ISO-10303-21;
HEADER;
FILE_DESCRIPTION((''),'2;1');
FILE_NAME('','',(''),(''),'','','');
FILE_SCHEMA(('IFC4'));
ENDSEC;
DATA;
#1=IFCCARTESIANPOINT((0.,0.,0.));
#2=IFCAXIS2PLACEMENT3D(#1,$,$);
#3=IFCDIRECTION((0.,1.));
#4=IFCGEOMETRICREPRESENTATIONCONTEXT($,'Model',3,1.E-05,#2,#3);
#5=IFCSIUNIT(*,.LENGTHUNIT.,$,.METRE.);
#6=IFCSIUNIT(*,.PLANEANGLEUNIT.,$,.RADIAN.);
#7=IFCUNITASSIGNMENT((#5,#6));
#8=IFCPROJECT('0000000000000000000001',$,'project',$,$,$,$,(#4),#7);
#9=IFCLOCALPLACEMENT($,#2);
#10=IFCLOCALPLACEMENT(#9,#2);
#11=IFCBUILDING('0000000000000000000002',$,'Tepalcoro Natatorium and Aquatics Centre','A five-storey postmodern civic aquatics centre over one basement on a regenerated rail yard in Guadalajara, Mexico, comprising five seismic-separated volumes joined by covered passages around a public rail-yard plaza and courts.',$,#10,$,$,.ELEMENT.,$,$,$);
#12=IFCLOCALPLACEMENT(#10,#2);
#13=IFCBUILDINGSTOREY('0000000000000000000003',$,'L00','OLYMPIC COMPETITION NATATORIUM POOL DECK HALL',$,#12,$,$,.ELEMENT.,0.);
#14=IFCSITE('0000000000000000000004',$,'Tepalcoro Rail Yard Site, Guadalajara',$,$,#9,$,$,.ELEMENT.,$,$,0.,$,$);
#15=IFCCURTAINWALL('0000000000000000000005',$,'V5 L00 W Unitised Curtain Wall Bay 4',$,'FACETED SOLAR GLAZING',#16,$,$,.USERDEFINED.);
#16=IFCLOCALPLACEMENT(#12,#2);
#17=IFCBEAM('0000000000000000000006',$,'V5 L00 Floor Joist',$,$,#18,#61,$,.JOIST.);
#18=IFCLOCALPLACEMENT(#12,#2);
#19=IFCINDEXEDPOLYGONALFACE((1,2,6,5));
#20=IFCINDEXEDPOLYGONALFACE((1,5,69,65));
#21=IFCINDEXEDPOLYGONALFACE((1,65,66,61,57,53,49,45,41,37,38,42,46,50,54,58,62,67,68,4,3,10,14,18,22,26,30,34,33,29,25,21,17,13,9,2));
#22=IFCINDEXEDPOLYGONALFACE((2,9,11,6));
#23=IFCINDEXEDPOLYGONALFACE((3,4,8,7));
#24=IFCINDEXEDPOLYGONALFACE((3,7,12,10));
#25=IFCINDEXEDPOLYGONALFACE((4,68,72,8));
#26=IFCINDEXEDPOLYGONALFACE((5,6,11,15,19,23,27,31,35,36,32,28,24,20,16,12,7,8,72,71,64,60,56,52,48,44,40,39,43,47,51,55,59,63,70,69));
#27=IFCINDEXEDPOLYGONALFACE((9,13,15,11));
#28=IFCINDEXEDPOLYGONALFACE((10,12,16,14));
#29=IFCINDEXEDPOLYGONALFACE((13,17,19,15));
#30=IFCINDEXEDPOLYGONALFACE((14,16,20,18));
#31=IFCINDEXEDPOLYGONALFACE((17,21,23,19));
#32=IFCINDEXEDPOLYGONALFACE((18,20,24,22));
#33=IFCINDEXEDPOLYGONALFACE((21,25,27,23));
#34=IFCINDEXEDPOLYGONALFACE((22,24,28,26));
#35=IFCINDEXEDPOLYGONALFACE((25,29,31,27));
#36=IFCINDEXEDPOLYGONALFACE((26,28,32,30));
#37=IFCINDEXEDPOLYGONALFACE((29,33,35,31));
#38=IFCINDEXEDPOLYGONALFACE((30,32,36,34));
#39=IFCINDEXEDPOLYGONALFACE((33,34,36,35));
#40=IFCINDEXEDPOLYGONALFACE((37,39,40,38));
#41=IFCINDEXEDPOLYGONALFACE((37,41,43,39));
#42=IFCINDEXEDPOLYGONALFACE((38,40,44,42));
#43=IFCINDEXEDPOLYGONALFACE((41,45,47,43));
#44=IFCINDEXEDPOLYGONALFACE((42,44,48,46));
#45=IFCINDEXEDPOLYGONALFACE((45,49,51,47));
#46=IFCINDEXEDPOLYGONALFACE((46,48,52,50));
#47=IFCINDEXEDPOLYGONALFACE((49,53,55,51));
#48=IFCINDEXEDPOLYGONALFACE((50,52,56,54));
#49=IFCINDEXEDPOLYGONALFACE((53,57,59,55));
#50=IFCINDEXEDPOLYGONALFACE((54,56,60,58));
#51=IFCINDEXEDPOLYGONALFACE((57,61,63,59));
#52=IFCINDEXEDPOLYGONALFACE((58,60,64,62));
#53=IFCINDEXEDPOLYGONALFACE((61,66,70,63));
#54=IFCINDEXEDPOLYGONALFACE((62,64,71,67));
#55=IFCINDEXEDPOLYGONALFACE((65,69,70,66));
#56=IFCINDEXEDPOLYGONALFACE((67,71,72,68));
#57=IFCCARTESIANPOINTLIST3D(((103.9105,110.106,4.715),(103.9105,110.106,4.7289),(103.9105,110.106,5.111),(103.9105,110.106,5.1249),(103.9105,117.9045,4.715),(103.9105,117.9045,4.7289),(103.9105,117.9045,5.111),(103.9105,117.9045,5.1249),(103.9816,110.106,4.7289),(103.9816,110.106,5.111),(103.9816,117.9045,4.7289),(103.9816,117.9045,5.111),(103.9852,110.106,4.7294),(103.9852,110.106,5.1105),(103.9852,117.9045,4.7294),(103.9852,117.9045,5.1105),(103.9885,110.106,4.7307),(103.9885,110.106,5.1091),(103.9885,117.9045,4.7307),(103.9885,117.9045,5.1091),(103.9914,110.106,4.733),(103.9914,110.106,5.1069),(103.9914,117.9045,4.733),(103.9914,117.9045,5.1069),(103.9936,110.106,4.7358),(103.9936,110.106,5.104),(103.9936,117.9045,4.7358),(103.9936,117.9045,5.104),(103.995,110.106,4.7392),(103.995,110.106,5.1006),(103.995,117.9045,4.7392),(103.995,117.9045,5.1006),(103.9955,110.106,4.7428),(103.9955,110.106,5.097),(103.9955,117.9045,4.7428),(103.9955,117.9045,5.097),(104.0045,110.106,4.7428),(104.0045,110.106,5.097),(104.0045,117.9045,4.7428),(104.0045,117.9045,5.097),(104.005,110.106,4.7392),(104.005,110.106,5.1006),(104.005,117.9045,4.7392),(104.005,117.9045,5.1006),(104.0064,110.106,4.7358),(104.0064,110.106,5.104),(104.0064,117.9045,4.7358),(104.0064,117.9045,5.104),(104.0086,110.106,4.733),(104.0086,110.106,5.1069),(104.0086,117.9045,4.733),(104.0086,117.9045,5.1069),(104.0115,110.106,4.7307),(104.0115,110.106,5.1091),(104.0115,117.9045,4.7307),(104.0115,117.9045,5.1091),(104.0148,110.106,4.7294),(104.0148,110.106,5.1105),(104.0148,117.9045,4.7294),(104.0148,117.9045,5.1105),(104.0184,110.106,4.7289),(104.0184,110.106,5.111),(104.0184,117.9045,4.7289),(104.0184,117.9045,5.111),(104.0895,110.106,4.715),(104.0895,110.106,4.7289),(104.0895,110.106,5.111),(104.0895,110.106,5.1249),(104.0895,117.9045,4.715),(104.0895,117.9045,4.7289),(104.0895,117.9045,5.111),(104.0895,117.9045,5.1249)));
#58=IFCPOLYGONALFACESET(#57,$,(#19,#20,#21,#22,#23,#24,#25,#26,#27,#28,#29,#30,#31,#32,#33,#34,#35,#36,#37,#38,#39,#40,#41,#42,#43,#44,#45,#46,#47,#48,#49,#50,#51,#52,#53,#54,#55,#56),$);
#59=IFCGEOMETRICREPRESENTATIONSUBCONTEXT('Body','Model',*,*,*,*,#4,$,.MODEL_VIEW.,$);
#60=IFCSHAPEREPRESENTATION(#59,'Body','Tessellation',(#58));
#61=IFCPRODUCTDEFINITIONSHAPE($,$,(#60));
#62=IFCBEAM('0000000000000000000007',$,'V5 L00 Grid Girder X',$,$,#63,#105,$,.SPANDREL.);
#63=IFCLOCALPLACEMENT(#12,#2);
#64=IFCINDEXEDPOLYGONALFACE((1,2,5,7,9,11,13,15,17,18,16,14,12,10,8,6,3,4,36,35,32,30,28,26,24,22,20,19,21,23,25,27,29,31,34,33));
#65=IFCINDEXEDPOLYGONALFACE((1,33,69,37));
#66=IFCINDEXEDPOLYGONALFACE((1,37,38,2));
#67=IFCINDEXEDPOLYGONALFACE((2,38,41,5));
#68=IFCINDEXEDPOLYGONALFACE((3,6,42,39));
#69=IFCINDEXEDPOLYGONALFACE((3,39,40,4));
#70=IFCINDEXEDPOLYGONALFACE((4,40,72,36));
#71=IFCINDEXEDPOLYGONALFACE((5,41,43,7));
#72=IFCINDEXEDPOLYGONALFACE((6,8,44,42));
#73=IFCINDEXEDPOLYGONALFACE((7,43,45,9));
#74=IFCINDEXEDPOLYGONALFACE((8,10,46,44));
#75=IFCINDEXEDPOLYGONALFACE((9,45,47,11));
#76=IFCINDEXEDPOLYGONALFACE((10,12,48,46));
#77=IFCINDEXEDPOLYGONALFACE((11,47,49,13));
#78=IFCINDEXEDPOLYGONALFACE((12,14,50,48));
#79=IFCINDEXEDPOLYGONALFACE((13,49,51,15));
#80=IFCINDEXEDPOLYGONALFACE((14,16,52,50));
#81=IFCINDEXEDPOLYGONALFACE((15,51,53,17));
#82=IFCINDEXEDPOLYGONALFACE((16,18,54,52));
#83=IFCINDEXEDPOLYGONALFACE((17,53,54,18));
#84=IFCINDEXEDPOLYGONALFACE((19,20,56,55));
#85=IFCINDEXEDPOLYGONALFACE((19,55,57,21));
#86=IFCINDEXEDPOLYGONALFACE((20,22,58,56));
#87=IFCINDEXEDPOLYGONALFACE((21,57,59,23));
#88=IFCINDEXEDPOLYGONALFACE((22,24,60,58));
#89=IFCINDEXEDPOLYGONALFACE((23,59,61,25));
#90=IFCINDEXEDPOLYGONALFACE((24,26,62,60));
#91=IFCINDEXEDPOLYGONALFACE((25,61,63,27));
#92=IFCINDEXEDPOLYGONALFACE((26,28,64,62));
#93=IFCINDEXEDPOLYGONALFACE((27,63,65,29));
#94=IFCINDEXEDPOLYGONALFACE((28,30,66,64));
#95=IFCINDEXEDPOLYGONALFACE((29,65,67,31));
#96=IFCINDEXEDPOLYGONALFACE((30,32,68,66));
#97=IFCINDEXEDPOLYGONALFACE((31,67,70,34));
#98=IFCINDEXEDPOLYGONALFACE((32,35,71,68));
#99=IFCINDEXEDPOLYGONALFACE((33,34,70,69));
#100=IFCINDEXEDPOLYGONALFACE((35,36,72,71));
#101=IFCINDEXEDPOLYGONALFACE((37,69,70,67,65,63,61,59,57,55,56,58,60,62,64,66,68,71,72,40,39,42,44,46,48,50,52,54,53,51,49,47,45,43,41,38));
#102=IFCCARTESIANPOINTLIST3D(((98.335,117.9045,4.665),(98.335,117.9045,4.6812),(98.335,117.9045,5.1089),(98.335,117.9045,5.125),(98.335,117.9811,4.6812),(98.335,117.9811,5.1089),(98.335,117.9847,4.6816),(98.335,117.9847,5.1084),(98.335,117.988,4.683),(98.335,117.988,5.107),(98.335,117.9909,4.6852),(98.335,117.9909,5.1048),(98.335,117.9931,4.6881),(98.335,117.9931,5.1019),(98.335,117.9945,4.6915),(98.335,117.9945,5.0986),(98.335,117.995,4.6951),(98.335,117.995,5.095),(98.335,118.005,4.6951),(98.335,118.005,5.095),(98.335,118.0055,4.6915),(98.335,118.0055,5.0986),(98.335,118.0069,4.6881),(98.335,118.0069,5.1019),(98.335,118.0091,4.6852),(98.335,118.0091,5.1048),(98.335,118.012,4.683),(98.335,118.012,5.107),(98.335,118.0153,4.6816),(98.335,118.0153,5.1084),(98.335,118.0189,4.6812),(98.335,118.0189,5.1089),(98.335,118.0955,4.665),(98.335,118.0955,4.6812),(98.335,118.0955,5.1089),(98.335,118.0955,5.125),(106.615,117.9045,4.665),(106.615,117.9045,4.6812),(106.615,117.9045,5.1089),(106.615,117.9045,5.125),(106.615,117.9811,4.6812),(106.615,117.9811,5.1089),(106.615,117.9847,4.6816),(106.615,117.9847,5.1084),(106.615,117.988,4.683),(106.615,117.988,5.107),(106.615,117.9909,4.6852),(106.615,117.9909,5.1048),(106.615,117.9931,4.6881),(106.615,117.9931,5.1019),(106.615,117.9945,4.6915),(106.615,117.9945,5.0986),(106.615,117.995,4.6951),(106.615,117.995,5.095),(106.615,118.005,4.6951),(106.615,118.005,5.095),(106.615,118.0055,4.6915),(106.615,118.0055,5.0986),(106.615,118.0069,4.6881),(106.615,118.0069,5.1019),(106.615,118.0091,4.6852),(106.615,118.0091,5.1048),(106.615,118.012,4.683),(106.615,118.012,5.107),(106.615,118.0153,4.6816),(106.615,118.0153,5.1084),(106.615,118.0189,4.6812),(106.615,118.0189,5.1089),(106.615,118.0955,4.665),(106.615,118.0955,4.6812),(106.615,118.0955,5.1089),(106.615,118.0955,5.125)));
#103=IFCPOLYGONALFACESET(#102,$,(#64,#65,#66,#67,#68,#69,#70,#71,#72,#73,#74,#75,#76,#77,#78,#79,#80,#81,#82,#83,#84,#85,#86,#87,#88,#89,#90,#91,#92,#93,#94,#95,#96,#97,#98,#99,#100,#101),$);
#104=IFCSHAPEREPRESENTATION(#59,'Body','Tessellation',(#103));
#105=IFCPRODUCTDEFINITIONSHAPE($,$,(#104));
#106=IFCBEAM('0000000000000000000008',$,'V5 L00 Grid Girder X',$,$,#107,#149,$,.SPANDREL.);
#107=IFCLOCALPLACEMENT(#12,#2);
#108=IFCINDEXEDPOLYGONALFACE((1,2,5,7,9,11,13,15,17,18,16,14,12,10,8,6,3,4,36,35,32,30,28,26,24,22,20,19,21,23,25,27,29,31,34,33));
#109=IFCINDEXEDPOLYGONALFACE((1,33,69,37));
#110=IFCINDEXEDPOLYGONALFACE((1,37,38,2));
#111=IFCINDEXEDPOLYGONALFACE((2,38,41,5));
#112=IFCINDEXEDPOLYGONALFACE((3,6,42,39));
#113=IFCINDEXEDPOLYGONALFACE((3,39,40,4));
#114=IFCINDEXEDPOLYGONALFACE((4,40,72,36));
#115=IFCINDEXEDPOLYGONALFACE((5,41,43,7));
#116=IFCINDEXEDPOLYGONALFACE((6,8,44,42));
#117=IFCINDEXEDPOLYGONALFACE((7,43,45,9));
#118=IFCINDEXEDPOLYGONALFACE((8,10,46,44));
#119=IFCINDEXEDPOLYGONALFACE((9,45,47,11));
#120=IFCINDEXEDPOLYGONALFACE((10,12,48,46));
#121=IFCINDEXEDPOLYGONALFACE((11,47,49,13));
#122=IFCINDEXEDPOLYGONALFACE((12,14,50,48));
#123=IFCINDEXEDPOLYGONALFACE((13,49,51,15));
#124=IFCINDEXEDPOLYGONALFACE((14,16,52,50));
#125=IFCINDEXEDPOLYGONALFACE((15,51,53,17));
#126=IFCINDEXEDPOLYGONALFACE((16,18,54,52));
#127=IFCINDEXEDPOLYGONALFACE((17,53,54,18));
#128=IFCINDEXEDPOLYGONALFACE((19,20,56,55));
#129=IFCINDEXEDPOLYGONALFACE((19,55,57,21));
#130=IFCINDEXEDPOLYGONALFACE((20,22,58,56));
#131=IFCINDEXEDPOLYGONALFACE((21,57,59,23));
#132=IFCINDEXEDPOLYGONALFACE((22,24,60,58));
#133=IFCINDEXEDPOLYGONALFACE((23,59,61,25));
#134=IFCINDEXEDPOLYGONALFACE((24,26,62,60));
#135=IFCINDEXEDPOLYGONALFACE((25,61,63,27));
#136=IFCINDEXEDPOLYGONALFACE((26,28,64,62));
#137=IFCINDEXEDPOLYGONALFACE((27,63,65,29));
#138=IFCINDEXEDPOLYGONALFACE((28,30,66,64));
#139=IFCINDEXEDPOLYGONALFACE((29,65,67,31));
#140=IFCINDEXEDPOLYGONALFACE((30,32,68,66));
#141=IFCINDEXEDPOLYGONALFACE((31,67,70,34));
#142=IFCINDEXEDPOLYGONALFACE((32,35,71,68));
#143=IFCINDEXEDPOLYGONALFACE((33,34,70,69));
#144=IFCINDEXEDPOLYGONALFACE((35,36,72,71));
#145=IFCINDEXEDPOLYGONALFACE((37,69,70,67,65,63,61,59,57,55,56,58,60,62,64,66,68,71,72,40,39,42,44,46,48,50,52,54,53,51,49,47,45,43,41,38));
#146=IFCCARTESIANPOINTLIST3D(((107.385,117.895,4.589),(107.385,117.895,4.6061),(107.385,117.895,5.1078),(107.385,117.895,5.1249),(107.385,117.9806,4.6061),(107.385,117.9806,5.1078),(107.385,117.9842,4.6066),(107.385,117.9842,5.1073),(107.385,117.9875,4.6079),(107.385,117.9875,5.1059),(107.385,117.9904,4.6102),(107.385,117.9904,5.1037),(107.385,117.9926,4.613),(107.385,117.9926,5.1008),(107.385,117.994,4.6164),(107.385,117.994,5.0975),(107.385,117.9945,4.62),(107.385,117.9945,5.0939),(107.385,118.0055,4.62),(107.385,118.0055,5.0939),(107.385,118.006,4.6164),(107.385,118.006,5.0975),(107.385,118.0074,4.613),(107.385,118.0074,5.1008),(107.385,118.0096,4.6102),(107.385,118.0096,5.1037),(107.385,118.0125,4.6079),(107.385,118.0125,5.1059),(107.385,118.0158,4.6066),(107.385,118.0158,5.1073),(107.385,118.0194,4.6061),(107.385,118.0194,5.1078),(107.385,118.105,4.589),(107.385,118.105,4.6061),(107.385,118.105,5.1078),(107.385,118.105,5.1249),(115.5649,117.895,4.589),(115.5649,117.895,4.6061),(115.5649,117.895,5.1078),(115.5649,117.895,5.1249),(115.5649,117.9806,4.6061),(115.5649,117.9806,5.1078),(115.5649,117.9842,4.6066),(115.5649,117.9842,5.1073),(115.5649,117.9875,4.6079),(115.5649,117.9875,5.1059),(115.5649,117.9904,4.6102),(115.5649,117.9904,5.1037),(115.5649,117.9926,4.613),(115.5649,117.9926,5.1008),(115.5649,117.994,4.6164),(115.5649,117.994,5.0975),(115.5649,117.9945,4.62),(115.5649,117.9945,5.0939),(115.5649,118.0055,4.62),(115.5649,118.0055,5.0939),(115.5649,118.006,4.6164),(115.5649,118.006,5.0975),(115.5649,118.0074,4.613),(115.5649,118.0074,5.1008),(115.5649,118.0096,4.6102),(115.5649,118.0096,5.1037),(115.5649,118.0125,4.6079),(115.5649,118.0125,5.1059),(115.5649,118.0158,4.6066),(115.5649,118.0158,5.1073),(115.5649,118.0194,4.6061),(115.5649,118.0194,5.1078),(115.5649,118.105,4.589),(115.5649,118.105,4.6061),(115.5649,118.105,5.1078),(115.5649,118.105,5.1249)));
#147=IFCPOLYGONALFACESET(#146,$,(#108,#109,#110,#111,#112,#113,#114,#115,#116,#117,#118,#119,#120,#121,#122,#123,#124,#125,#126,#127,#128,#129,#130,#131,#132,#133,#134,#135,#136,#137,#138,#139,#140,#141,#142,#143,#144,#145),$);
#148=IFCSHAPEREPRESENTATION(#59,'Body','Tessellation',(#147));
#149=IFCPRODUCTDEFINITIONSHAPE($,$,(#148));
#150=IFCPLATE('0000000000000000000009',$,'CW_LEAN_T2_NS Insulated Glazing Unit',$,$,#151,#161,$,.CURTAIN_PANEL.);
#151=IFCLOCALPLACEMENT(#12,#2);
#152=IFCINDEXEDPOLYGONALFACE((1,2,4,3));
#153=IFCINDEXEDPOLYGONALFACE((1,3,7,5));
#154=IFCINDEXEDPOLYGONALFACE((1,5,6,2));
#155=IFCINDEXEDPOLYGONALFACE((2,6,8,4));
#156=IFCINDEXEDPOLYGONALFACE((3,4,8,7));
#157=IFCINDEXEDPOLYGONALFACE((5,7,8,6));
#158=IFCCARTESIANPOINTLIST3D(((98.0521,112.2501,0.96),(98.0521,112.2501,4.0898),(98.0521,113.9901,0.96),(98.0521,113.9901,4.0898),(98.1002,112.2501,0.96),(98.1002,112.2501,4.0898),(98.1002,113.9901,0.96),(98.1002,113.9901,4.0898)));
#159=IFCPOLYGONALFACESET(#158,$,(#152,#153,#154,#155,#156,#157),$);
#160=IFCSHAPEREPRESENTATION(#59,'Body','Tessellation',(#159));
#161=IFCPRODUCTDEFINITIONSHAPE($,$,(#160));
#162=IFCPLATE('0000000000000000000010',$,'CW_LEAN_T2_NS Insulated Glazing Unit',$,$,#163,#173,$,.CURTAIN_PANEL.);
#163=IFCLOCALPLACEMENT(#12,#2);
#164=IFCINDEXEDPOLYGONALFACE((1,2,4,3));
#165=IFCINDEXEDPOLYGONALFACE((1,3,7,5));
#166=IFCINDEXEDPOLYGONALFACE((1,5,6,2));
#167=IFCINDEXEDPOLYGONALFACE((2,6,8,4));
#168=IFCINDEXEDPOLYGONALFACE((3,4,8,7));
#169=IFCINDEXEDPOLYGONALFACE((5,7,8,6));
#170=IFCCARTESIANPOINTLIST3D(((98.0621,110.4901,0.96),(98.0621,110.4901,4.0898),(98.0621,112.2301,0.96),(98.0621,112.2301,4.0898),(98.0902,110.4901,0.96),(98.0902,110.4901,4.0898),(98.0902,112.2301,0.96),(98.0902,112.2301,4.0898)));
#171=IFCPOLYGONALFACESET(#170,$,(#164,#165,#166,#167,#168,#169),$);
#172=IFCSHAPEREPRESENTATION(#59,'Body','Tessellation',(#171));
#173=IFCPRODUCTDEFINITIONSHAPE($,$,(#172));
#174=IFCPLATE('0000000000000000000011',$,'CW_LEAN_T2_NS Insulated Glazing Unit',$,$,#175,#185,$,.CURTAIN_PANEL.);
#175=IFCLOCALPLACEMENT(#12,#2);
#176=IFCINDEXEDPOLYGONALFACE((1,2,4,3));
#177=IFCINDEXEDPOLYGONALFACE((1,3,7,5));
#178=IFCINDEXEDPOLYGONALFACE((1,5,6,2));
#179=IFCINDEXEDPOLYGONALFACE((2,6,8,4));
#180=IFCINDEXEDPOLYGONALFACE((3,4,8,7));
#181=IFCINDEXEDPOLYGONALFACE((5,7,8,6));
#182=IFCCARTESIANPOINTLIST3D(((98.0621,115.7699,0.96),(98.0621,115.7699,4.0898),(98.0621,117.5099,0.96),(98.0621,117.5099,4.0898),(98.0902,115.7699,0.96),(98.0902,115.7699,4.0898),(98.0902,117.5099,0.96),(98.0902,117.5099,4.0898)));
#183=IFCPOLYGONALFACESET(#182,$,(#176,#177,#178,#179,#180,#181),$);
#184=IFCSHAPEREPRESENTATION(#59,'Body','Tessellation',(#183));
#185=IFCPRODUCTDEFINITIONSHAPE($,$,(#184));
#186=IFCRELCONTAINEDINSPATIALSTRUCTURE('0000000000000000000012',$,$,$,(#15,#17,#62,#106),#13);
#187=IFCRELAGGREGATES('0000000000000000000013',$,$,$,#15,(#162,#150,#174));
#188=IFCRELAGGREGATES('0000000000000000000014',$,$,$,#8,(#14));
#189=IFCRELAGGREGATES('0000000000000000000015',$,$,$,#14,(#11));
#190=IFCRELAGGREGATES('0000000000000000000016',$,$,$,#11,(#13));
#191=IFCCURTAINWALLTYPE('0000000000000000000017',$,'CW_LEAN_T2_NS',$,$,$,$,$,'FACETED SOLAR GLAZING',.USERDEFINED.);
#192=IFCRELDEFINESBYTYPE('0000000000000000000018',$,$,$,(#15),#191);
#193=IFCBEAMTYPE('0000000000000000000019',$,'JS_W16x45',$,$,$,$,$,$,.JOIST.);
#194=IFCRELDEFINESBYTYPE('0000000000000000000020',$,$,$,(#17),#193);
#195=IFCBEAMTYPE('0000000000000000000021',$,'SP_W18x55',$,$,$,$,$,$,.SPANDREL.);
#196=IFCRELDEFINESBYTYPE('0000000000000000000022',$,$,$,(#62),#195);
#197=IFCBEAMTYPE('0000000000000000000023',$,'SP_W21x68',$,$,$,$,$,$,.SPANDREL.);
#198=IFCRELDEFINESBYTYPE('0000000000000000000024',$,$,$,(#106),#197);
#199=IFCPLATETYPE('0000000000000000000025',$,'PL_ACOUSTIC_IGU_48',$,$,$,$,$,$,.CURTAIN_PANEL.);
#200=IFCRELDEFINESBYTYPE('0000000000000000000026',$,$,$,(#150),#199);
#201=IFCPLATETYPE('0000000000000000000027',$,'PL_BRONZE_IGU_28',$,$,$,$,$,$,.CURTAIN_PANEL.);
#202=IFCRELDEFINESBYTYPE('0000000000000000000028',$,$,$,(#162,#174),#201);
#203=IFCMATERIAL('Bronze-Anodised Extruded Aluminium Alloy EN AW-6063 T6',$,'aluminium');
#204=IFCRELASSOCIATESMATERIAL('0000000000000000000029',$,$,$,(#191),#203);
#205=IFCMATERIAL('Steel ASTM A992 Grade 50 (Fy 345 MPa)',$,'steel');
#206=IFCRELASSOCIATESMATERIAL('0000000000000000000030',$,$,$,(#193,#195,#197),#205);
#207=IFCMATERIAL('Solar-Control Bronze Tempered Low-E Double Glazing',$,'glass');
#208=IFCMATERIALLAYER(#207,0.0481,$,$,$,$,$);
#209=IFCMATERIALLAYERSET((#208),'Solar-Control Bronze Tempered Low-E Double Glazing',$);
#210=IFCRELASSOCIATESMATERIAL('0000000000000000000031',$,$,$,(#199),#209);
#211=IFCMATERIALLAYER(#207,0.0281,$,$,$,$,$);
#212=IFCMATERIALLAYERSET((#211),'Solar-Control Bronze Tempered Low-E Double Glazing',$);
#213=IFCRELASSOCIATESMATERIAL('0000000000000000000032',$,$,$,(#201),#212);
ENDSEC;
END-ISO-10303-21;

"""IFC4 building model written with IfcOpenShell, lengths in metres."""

from ifc_helpers import new_model, si_unit, direction, frame, origin, origin_2d, place, context, subcontext, project, spatial, rectangle, i_section, extrude, material, layer, layer_set, material_profile, profile_set, type_object, element, aggregate, save


model = new_model("IFC4")

# Units and contexts
model_context = context("Model", 3, precision=1e-05, world=origin(), true_north=direction((0.0, 1.0)))
body_context = subcontext(model_context, "Body", "Model", "MODEL_VIEW")
ifc_project = project(units=[si_unit("LENGTHUNIT", "METRE"), si_unit("PLANEANGLEUNIT", "RADIAN")], contexts=[model_context])

# Site, building, storey
site_placement = place(None, origin())
site = spatial("IfcSite", under=ifc_project, at=site_placement, Name="Tepalcoro Rail Yard Site, Guadalajara", CompositionType="ELEMENT", RefElevation=0.0)
building_placement = place(site_placement, origin())
building = spatial("IfcBuilding", under=site, at=building_placement, Name="Tepalcoro Natatorium and Aquatics Centre", Description="A five-storey postmodern civic aquatics centre over one basement on a regenerated rail yard in Guadalajara, Mexico, comprising five seismic-separated volumes joined by covered passages around a public rail-yard plaza and courts.", CompositionType="ELEMENT")
storey_placement = place(building_placement, origin())
storey = spatial("IfcBuildingStorey", under=building, at=storey_placement, Name="L00", Description="OLYMPIC COMPETITION NATATORIUM POOL DECK HALL", CompositionType="ELEMENT", Elevation=0.0)

# Shared definitions
ifc_material_1 = material(Name="Steel ASTM A992 Grade 50 (Fy 345 MPa)", Category="steel")

# Shared definitions
ifc_material_2 = material(Name="Bronze-Anodised Extruded Aluminium Alloy EN AW-6063 T6", Category="aluminium")

# Curtain wall
curtain_wall_type_1 = type_object("IfcCurtainWallType", Name="CW_LEAN_T2_NS", ElementType="FACETED SOLAR GLAZING", PredefinedType="USERDEFINED", material=ifc_material_2)
curtain_wall_1_placement = place(storey_placement, origin())
curtain_wall_1 = element("IfcCurtainWall", 1, at=curtain_wall_1_placement, inside=storey, type_object=curtain_wall_type_1, Name="V5 L00 W Unitised Curtain Wall Bay 4", ObjectType="FACETED SOLAR GLAZING", PredefinedType="USERDEFINED")

# Beams
ifc_material_profile_1 = material_profile(ifc_material_1, i_section(OverallWidth=0.179, OverallDepth=0.4099, WebThickness=0.009, FlangeThickness=0.0139, FilletRadius=0.0139, at=origin_2d()), Name="W16X45")
ifc_profile_set_1 = profile_set([ifc_material_profile_1], Name="Steel ASTM A992 Grade 50 (Fy 345 MPa)")
beam_type_1 = type_object("IfcBeamType", Name="JS_W16x45", PredefinedType="JOIST", material=ifc_profile_set_1)
beam_1_placement = place(storey_placement, frame((104.0, 110.106, 4.9199), z_axis=(0.0, 1.0, 0.0), x_axis=(-1.0, 0.0, 0.0)))
element("IfcBeam", 2, at=beam_1_placement, inside=storey, type_object=beam_type_1, Name="V5 L00 Floor Joist", PredefinedType="JOIST", context=body_context, shape_type="SweptSolid", body=[
    extrude(i_section(OverallWidth=0.179, OverallDepth=0.4099, WebThickness=0.009, FlangeThickness=0.0139, FilletRadius=0.0139, at=origin_2d()), origin(), (0.0, 0.0, 1.0), 7.7986),
])
ifc_material_profile_2 = material_profile(ifc_material_1, i_section(OverallWidth=0.1909, OverallDepth=0.46, WebThickness=0.01, FlangeThickness=0.0161, FilletRadius=0.0139, at=origin_2d()), Name="W18X55")
ifc_profile_set_2 = profile_set([ifc_material_profile_2], Name="Steel ASTM A992 Grade 50 (Fy 345 MPa)")
beam_type_2 = type_object("IfcBeamType", Name="SP_W18x55", PredefinedType="SPANDREL", material=ifc_profile_set_2)
beam_2_placement = place(storey_placement, frame((98.335, 118.0, 4.895), z_axis=(1.0, 0.0, 0.0), x_axis=(0.0, 1.0, 0.0)))
element("IfcBeam", 3, at=beam_2_placement, inside=storey, type_object=beam_type_2, Name="V5 L00 Grid Girder X", PredefinedType="SPANDREL", context=body_context, shape_type="SweptSolid", body=[
    extrude(i_section(OverallWidth=0.1909, OverallDepth=0.46, WebThickness=0.01, FlangeThickness=0.0161, FilletRadius=0.0139, at=origin_2d()), origin(), (0.0, 0.0, 1.0), 8.28),
])
ifc_material_profile_3 = material_profile(ifc_material_1, i_section(OverallWidth=0.21, OverallDepth=0.5359, WebThickness=0.011, FlangeThickness=0.0171, FilletRadius=0.0139, at=origin_2d()), Name="W21X68")
ifc_profile_set_3 = profile_set([ifc_material_profile_3], Name="Steel ASTM A992 Grade 50 (Fy 345 MPa)")
beam_type_3 = type_object("IfcBeamType", Name="SP_W21x68", PredefinedType="SPANDREL", material=ifc_profile_set_3)
beam_3_placement = place(storey_placement, frame((107.385, 118.0, 4.8569), z_axis=(1.0, 0.0, 0.0), x_axis=(0.0, 1.0, 0.0)))
element("IfcBeam", 4, at=beam_3_placement, inside=storey, type_object=beam_type_3, Name="V5 L00 Grid Girder X", PredefinedType="SPANDREL", context=body_context, shape_type="SweptSolid", body=[
    extrude(i_section(OverallWidth=0.21, OverallDepth=0.5359, WebThickness=0.011, FlangeThickness=0.0171, FilletRadius=0.0139, at=origin_2d()), origin(), (0.0, 0.0, 1.0), 8.1799),
])

# Plates
ifc_material_3 = material(Name="Solar-Control Bronze Tempered Low-E Double Glazing", Category="glass")
ifc_layer_1 = layer(ifc_material_3, 0.0481)
ifc_layer_set_1 = layer_set([ifc_layer_1], Name="Solar-Control Bronze Tempered Low-E Double Glazing")
plate_type_1 = type_object("IfcPlateType", Name="PL_ACOUSTIC_IGU_48", PredefinedType="CURTAIN_PANEL", material=ifc_layer_set_1)
plate_1_placement = place(storey_placement, frame((98.0762, 113.1201, 0.96), z_axis=(0.0, 0.0, 1.0), x_axis=(1.0, 0.0, 0.0)))
plate_1 = element("IfcPlate", 5, at=plate_1_placement, type_object=plate_type_1, Name="CW_LEAN_T2_NS Insulated Glazing Unit", PredefinedType="CURTAIN_PANEL", context=body_context, shape_type="SweptSolid", body=[
    extrude(rectangle(XDim=0.0481, YDim=1.74, at=origin_2d()), origin(), (0.0, 0.0, 1.0), 3.1299),
])
ifc_layer_2 = layer(ifc_material_3, 0.0281)
ifc_layer_set_2 = layer_set([ifc_layer_2], Name="Solar-Control Bronze Tempered Low-E Double Glazing")
plate_type_2 = type_object("IfcPlateType", Name="PL_BRONZE_IGU_28", PredefinedType="CURTAIN_PANEL", material=ifc_layer_set_2)
plate_2_placement = place(storey_placement, frame((98.0762, 111.3601, 0.96), z_axis=(0.0, 0.0, 1.0), x_axis=(1.0, 0.0, 0.0)))
plate_2 = element("IfcPlate", 6, at=plate_2_placement, type_object=plate_type_2, Name="CW_LEAN_T2_NS Insulated Glazing Unit", PredefinedType="CURTAIN_PANEL", context=body_context, shape_type="SweptSolid", body=[
    extrude(rectangle(XDim=0.0281, YDim=1.74, at=origin_2d()), origin(), (0.0, 0.0, 1.0), 3.1299),
])
plate_3_placement = place(storey_placement, frame((98.0762, 116.6399, 0.96), z_axis=(0.0, 0.0, 1.0), x_axis=(1.0, 0.0, 0.0)))
plate_3 = element("IfcPlate", 7, at=plate_3_placement, type_object=plate_type_2, Name="CW_LEAN_T2_NS Insulated Glazing Unit", PredefinedType="CURTAIN_PANEL", context=body_context, shape_type="SweptSolid", body=[
    extrude(rectangle(XDim=0.0281, YDim=1.74, at=origin_2d()), origin(), (0.0, 0.0, 1.0), 3.1299),
])
aggregate(curtain_wall_1, [plate_2, plate_1, plate_3])

save(model, "model.ifc")
